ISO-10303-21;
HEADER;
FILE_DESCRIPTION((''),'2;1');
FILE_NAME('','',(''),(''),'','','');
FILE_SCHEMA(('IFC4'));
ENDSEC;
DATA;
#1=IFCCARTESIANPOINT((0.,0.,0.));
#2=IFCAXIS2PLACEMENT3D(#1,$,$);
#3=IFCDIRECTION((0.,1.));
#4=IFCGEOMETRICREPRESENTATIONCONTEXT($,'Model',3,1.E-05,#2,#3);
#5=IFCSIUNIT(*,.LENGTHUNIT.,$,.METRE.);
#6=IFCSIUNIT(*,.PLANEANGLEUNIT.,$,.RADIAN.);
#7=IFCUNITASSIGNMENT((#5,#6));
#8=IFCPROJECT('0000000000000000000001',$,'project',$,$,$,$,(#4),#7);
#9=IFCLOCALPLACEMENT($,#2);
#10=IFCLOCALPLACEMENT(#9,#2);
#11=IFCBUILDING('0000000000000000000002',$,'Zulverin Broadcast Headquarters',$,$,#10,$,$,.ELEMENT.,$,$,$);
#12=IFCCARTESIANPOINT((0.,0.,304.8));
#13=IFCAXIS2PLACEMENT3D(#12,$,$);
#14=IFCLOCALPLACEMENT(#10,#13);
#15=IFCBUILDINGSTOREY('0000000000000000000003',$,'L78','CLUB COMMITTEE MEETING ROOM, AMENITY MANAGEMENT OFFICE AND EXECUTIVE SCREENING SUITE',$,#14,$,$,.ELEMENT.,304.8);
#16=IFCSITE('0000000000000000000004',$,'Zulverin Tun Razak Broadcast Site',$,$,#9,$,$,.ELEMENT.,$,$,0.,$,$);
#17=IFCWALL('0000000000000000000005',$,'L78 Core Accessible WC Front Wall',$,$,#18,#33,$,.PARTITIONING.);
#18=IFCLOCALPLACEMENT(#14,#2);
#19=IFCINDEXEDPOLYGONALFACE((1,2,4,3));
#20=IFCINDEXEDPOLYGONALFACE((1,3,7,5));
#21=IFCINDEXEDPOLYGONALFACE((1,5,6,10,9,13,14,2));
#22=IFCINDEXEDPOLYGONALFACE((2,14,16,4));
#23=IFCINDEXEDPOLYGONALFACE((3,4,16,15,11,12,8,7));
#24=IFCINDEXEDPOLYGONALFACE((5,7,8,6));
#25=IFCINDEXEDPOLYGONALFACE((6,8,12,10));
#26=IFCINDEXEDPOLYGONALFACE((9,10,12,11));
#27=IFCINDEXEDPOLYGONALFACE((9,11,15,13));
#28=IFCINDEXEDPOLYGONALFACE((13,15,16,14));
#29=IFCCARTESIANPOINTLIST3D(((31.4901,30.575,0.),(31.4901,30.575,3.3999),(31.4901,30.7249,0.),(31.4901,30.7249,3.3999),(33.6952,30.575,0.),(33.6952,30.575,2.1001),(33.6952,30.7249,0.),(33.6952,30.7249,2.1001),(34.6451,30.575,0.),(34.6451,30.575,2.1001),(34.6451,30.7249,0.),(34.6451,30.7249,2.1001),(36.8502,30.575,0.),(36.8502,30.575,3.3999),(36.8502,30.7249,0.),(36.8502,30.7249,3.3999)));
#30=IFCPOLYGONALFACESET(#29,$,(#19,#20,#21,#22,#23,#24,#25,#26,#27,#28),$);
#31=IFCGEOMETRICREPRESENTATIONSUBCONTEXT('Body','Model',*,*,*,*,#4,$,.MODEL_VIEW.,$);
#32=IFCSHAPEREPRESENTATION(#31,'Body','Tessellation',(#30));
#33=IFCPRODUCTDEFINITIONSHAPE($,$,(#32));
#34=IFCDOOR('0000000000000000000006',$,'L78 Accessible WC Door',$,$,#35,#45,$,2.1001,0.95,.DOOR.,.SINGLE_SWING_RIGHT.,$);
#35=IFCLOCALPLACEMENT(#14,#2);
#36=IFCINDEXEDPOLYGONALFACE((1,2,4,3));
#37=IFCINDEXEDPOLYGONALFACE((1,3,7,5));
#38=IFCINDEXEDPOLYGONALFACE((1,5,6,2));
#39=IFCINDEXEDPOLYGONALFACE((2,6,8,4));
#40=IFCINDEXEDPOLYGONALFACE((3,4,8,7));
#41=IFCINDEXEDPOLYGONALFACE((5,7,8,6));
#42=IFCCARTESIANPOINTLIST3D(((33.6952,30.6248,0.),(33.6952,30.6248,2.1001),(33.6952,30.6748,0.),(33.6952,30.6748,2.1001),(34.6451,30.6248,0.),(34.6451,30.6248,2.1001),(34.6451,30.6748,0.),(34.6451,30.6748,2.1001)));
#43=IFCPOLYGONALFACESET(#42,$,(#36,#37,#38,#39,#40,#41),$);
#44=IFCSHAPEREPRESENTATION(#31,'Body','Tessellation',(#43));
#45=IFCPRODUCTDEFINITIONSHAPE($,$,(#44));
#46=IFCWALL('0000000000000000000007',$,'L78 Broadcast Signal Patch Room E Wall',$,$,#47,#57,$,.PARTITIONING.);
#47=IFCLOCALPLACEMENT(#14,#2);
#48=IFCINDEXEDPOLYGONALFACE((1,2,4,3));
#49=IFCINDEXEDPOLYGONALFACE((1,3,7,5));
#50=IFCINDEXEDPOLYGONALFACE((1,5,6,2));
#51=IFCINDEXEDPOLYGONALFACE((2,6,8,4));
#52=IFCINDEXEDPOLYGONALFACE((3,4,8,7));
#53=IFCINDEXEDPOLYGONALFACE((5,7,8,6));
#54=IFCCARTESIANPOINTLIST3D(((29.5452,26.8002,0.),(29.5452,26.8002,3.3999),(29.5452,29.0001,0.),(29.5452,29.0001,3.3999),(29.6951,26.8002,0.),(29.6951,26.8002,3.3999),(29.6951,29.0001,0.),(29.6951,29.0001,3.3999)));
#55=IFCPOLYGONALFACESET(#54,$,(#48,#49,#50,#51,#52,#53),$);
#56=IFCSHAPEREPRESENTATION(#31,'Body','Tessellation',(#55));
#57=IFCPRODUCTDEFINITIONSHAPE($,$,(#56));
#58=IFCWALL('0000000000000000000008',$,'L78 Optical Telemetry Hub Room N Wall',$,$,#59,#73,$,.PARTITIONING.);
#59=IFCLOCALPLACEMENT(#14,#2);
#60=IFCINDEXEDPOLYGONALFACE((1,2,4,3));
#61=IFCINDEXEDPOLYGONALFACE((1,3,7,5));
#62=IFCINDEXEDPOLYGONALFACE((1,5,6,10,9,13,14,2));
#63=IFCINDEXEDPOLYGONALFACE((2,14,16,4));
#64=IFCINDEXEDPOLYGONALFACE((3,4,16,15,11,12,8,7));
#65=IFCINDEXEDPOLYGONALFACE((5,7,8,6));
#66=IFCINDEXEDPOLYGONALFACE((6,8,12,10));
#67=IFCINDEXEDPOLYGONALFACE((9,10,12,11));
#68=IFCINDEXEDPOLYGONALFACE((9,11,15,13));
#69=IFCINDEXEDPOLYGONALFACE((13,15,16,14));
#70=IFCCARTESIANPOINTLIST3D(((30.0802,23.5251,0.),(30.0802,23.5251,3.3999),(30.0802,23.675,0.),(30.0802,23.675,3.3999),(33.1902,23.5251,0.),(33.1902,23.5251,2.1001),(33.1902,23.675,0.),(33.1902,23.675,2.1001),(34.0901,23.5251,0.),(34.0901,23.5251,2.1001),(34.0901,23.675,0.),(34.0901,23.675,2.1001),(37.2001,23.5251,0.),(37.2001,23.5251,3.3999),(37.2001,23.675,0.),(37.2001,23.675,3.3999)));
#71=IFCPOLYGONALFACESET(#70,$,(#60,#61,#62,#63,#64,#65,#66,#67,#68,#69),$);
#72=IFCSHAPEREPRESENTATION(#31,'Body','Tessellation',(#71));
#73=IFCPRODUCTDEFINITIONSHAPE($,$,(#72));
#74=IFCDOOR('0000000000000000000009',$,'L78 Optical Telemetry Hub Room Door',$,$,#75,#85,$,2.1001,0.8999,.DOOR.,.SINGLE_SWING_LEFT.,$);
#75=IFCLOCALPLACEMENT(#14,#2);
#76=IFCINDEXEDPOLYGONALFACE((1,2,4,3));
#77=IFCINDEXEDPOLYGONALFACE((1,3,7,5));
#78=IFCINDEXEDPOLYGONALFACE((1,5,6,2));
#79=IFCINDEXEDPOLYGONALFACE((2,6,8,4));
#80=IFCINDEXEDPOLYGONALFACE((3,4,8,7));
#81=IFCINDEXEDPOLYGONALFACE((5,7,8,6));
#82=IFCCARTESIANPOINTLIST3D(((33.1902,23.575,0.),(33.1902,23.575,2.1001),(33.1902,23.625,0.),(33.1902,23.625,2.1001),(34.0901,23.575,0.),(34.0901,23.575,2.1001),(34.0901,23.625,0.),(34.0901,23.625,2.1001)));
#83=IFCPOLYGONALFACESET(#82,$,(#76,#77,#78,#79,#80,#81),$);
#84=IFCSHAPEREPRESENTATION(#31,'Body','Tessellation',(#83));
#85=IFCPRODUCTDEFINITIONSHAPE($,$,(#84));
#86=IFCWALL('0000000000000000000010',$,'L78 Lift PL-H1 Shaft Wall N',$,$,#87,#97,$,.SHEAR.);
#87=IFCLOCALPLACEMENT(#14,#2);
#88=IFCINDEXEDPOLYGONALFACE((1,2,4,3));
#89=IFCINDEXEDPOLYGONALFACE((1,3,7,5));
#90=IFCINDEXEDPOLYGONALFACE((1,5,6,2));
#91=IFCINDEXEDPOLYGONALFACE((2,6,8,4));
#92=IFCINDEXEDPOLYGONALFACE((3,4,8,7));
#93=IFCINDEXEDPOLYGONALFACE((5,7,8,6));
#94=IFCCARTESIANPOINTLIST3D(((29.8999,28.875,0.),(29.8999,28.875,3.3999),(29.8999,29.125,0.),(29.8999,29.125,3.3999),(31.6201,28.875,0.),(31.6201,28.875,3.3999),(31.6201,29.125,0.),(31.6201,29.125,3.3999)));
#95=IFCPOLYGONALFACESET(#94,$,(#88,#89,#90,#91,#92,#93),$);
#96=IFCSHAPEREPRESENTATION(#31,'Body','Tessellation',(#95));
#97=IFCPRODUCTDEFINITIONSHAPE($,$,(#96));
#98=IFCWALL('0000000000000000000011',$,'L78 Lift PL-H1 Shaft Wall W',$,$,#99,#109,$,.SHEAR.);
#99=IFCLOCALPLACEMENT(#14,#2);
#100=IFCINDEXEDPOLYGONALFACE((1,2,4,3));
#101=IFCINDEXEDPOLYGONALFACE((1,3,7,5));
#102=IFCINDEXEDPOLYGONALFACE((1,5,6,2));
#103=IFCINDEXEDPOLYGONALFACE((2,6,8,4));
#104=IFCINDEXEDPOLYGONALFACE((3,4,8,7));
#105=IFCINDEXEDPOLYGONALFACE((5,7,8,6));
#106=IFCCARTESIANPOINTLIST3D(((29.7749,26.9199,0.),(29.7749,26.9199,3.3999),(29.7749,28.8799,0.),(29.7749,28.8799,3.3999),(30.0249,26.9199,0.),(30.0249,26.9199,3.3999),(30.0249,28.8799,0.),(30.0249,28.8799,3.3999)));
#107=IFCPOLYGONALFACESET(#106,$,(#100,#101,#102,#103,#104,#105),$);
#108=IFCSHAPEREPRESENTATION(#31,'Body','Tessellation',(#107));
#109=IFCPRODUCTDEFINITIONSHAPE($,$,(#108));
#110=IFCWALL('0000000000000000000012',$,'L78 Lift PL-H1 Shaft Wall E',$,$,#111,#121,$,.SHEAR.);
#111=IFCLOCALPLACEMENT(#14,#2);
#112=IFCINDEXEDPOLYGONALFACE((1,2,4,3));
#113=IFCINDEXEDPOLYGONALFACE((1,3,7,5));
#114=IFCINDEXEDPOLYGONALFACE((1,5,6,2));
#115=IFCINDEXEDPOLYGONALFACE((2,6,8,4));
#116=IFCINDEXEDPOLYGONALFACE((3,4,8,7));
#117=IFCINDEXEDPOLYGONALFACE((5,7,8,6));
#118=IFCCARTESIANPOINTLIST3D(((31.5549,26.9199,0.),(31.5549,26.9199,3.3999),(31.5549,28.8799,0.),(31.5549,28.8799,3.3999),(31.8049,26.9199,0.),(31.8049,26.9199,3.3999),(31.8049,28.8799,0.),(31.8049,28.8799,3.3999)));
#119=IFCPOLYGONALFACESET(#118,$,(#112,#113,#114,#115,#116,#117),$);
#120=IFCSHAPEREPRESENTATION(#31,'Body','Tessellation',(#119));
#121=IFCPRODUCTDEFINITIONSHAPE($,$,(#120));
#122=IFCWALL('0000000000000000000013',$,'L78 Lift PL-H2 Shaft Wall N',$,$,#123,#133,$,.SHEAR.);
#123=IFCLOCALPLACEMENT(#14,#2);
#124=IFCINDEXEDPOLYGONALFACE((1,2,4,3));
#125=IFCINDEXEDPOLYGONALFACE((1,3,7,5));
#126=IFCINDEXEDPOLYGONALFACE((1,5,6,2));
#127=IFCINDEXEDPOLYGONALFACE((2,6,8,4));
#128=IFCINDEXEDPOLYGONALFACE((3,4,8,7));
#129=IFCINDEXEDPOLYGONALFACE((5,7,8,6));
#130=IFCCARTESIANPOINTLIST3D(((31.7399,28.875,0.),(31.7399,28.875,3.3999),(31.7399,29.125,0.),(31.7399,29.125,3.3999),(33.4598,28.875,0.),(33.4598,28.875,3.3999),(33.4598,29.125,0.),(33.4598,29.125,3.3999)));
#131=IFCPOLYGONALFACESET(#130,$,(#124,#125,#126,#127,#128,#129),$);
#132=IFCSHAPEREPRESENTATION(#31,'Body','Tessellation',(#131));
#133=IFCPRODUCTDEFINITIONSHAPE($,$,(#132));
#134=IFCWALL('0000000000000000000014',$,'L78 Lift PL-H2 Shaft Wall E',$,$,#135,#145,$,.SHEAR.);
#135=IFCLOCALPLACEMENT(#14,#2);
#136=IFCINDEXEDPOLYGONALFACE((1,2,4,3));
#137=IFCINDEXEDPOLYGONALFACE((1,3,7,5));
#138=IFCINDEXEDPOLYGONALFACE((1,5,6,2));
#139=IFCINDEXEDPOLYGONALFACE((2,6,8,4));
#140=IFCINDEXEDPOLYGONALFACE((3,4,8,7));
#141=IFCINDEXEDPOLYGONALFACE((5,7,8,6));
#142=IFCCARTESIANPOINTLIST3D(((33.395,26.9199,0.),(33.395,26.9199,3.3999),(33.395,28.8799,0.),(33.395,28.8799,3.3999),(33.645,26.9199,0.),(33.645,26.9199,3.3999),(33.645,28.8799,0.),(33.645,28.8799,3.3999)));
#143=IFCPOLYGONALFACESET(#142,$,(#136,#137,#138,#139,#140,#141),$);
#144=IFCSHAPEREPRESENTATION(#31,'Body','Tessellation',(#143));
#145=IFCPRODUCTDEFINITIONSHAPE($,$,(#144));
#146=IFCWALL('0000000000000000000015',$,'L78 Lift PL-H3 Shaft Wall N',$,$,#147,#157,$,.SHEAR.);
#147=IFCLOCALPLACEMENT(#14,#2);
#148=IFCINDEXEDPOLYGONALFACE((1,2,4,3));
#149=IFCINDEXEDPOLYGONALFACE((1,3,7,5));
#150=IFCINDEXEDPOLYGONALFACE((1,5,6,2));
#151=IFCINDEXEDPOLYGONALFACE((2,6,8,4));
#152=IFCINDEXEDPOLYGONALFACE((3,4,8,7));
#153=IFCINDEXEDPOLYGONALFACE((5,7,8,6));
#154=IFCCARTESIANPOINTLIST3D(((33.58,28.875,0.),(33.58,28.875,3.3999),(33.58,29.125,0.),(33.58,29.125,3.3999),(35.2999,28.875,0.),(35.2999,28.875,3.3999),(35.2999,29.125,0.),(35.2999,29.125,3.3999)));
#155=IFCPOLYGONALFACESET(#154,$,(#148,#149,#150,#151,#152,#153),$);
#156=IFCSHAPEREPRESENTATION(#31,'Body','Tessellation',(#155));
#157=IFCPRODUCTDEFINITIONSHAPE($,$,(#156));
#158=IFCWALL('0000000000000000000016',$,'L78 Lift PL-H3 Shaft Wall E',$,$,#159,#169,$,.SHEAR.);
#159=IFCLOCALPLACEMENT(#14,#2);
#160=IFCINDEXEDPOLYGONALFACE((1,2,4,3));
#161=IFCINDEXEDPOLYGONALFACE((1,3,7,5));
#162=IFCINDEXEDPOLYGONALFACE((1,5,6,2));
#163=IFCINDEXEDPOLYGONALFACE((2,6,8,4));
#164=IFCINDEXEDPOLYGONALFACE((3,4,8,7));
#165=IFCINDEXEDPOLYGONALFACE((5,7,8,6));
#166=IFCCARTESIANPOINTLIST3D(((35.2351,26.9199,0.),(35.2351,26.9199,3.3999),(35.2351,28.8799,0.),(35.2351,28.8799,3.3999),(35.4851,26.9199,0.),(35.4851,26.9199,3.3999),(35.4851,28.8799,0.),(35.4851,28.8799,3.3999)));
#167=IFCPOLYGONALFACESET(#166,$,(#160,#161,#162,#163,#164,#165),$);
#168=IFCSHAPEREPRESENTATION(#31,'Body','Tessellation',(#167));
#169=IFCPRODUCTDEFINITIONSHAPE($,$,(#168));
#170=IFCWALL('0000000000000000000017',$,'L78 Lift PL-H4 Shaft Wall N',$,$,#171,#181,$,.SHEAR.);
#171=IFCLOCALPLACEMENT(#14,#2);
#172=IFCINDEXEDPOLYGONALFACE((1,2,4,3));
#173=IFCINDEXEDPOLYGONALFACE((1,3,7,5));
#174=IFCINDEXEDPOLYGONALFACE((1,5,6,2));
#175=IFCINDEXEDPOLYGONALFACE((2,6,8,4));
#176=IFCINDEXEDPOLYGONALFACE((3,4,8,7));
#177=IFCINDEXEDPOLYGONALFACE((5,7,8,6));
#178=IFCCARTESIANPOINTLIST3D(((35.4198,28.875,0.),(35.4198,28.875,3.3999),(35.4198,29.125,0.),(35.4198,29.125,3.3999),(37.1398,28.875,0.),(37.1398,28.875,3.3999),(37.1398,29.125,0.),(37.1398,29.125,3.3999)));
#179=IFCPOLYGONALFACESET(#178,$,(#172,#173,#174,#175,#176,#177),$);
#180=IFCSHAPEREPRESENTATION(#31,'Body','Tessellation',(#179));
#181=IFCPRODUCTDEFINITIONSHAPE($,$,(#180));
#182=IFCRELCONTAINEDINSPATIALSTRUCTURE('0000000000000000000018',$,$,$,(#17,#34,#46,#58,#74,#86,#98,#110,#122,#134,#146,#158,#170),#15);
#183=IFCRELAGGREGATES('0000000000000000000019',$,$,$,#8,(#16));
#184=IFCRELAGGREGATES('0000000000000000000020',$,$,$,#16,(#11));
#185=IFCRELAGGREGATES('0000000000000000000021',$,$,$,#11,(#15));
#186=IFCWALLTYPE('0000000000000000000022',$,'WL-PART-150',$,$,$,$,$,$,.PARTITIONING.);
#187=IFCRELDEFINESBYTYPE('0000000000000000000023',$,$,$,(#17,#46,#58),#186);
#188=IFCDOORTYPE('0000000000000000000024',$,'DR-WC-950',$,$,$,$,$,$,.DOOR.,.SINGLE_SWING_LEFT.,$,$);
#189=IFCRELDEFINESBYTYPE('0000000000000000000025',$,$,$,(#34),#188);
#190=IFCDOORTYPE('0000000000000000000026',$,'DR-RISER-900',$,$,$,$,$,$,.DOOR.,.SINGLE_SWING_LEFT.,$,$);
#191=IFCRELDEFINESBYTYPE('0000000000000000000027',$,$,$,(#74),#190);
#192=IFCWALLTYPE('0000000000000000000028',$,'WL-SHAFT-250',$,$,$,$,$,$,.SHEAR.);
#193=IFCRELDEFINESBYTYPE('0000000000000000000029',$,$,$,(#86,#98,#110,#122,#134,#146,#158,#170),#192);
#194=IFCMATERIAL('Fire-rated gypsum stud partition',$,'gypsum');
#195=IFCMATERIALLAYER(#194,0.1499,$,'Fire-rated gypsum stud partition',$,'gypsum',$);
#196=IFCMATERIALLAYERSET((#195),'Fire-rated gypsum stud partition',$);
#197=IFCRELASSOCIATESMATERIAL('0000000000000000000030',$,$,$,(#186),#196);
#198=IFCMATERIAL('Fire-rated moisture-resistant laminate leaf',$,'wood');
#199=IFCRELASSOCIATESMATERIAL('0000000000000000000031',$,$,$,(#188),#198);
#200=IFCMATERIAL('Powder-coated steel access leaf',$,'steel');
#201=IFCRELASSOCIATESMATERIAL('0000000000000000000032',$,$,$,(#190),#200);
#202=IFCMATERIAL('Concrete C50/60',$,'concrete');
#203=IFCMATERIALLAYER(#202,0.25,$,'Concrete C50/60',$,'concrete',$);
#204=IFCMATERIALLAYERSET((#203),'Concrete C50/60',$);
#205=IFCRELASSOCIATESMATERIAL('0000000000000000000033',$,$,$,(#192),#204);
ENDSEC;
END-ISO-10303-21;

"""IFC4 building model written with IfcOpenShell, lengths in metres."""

from ifc_helpers import new_model, si_unit, direction, frame, frame_2d, origin, place, context, subcontext, project, spatial, rectangle, extrude, material, layer, layer_set, type_object, element, fill, save


model = new_model("IFC4")

# Units and contexts
model_context = context("Model", 3, precision=1e-05, world=origin(), true_north=direction((0.0, 1.0)))
body_context = subcontext(model_context, "Body", "Model", "MODEL_VIEW")
ifc_project = project(units=[si_unit("LENGTHUNIT", "METRE"), si_unit("PLANEANGLEUNIT", "RADIAN")], contexts=[model_context])

# Site, building, storey
site_placement = place(None, origin())
site = spatial("IfcSite", under=ifc_project, at=site_placement, Name="Zulverin Tun Razak Broadcast Site", CompositionType="ELEMENT", RefElevation=0.0)
building_placement = place(site_placement, origin())
building = spatial("IfcBuilding", under=site, at=building_placement, Name="Zulverin Broadcast Headquarters", CompositionType="ELEMENT")
storey_placement = place(building_placement, frame((0.0, 0.0, 304.8)))
storey = spatial("IfcBuildingStorey", under=building, at=storey_placement, Name="L78", Description="CLUB COMMITTEE MEETING ROOM, AMENITY MANAGEMENT OFFICE AND EXECUTIVE SCREENING SUITE", CompositionType="ELEMENT", Elevation=304.8)

# Wall, opening, door
ifc_material_1 = material(Name="Fire-rated gypsum stud partition", Category="gypsum")
ifc_layer_1 = layer(ifc_material_1, 0.1499, Name="Fire-rated gypsum stud partition", Category="gypsum")
ifc_layer_set_1 = layer_set([ifc_layer_1], Name="Fire-rated gypsum stud partition")
wall_type_1 = type_object("IfcWallType", Name="WL-PART-150", PredefinedType="PARTITIONING", material=ifc_layer_set_1)
wall_1_placement = place(storey_placement, frame((31.49, 30.6499, 0.0), z_axis=(0.0, 0.0, 1.0), x_axis=(1.0, 0.0, 0.0)))
wall_1 = element("IfcWall", 1, at=wall_1_placement, inside=storey, type_object=wall_type_1, Name="L78 Core Accessible WC Front Wall", PredefinedType="PARTITIONING", context=body_context, shape_type="SweptSolid", body=[
    extrude(rectangle(XDim=5.3601, YDim=0.1499, at=frame_2d((2.6802, 0.0))), origin(), (0.0, 0.0, 1.0), 3.3999),
])
opening_1_placement = place(wall_1_placement, frame((2.2051, 0.0, 0.0)))
opening_1 = element("IfcOpeningElement", 2, at=opening_1_placement, cuts=wall_1, PredefinedType="OPENING", context=body_context, shape_type="SweptSolid", body=[
    extrude(rectangle(XDim=0.95, YDim=2.1001, at=frame_2d((0.4751, 1.05))), frame((0.0, 0.085, 0.0), z_axis=(0.0, -1.0, 0.0), x_axis=(1.0, 0.0, 0.0)), (0.0, 0.0, 1.0), 0.1699),
])
ifc_material_2 = material(Name="Fire-rated moisture-resistant laminate leaf", Category="wood")
door_type_1 = type_object("IfcDoorType", Name="DR-WC-950", OperationType="SINGLE_SWING_LEFT", PredefinedType="DOOR", material=ifc_material_2)
door_1_placement = place(opening_1_placement, origin())
door_1 = element("IfcDoor", 3, at=door_1_placement, inside=storey, type_object=door_type_1, Name="L78 Accessible WC Door", OperationType="SINGLE_SWING_RIGHT", OverallHeight=2.1001, OverallWidth=0.95, PredefinedType="DOOR", context=body_context, shape_type="SweptSolid", body=[
    extrude(rectangle(XDim=0.95, YDim=2.1001, at=frame_2d((0.4751, 1.05))), frame((0.0, 0.0249, 0.0), z_axis=(0.0, -1.0, 0.0), x_axis=(1.0, 0.0, 0.0)), (0.0, 0.0, 1.0), 0.05),
])
fill(opening_1, door_1)

# Wall
wall_2_placement = place(storey_placement, frame((29.6201, 26.8, 0.0), z_axis=(0.0, 0.0, 1.0), x_axis=(0.0, 1.0, 0.0)))
element("IfcWall", 4, at=wall_2_placement, inside=storey, type_object=wall_type_1, Name="L78 Broadcast Signal Patch Room E Wall", PredefinedType="PARTITIONING", context=body_context, shape_type="SweptSolid", body=[
    extrude(rectangle(XDim=2.2, YDim=0.1499, at=frame_2d((1.1001, 0.0))), origin(), (0.0, 0.0, 1.0), 3.3999),
])

# Wall, opening, door
wall_3_placement = place(storey_placement, frame((30.0801, 23.6001, 0.0), z_axis=(0.0, 0.0, 1.0), x_axis=(1.0, 0.0, 0.0)))
wall_3 = element("IfcWall", 5, at=wall_3_placement, inside=storey, type_object=wall_type_1, Name="L78 Optical Telemetry Hub Room N Wall", PredefinedType="PARTITIONING", context=body_context, shape_type="SweptSolid", body=[
    extrude(rectangle(XDim=7.1199, YDim=0.1499, at=frame_2d((3.5601, 0.0))), origin(), (0.0, 0.0, 1.0), 3.3999),
])
opening_2_placement = place(wall_3_placement, frame((3.1101, 0.0, 0.0)))
opening_2 = element("IfcOpeningElement", 6, at=opening_2_placement, cuts=wall_3, PredefinedType="OPENING", context=body_context, shape_type="SweptSolid", body=[
    extrude(rectangle(XDim=0.8999, YDim=2.1001, at=frame_2d((0.45, 1.05))), frame((0.0, 0.085, 0.0), z_axis=(0.0, -1.0, 0.0), x_axis=(1.0, 0.0, 0.0)), (0.0, 0.0, 1.0), 0.1699),
])
ifc_material_3 = material(Name="Powder-coated steel access leaf", Category="steel")
door_type_2 = type_object("IfcDoorType", Name="DR-RISER-900", OperationType="SINGLE_SWING_LEFT", PredefinedType="DOOR", material=ifc_material_3)
door_2_placement = place(opening_2_placement, origin())
door_2 = element("IfcDoor", 7, at=door_2_placement, inside=storey, type_object=door_type_2, Name="L78 Optical Telemetry Hub Room Door", OperationType="SINGLE_SWING_LEFT", OverallHeight=2.1001, OverallWidth=0.8999, PredefinedType="DOOR", context=body_context, shape_type="SweptSolid", body=[
    extrude(rectangle(XDim=0.8999, YDim=2.1001, at=frame_2d((0.45, 1.05))), frame((0.0, 0.0249, 0.0), z_axis=(0.0, -1.0, 0.0), x_axis=(1.0, 0.0, 0.0)), (0.0, 0.0, 1.0), 0.05),
])
fill(opening_2, door_2)
ifc_material_4 = material(Name="Concrete C50/60", Category="concrete")
ifc_layer_2 = layer(ifc_material_4, 0.25, Name="Concrete C50/60", Category="concrete")
ifc_layer_set_2 = layer_set([ifc_layer_2], Name="Concrete C50/60")
wall_type_2 = type_object("IfcWallType", Name="WL-SHAFT-250", PredefinedType="SHEAR", material=ifc_layer_set_2)

# Walls
wall_4_placement = place(storey_placement, frame((29.8999, 29.0, 0.0), z_axis=(0.0, 0.0, 1.0), x_axis=(1.0, 0.0, 0.0)))
element("IfcWall", 8, at=wall_4_placement, inside=storey, type_object=wall_type_2, Name="L78 Lift PL-H1 Shaft Wall N", PredefinedType="SHEAR", context=body_context, shape_type="SweptSolid", body=[
    extrude(rectangle(XDim=1.7202, YDim=0.25, at=frame_2d((0.8601, 0.0))), origin(), (0.0, 0.0, 1.0), 3.3999),
])
for number, where, z_axis, x_axis, name in (
    (9, (29.8999, 26.9199, 0.0), (0.0, 0.0, 1.0), (0.0, 1.0, 0.0), "L78 Lift PL-H1 Shaft Wall W"),
    (10, (31.6799, 26.9199, 0.0), (0.0, 0.0, 1.0), (0.0, 1.0, 0.0), "L78 Lift PL-H1 Shaft Wall E"),
):
    element("IfcWall", number, at=place(storey_placement, frame(where, z_axis=z_axis, x_axis=x_axis)), inside=storey, type_object=wall_type_2, Name=name, PredefinedType="SHEAR", context=body_context, shape_type="SweptSolid", body=[
        extrude(rectangle(XDim=1.96, YDim=0.25, at=frame_2d((0.98, 0.0))), origin(), (0.0, 0.0, 1.0), 3.3999),
    ])

# Walls
wall_5_placement = place(storey_placement, frame((31.74, 29.0, 0.0), z_axis=(0.0, 0.0, 1.0), x_axis=(1.0, 0.0, 0.0)))
element("IfcWall", 11, at=wall_5_placement, inside=storey, type_object=wall_type_2, Name="L78 Lift PL-H2 Shaft Wall N", PredefinedType="SHEAR", context=body_context, shape_type="SweptSolid", body=[
    extrude(rectangle(XDim=1.72, YDim=0.25, at=frame_2d((0.8599, 0.0))), origin(), (0.0, 0.0, 1.0), 3.3999),
])
wall_6_placement = place(storey_placement, frame((33.52, 26.9199, 0.0), z_axis=(0.0, 0.0, 1.0), x_axis=(0.0, 1.0, 0.0)))
element("IfcWall", 12, at=wall_6_placement, inside=storey, type_object=wall_type_2, Name="L78 Lift PL-H2 Shaft Wall E", PredefinedType="SHEAR", context=body_context, shape_type="SweptSolid", body=[
    extrude(rectangle(XDim=1.96, YDim=0.25, at=frame_2d((0.98, 0.0))), origin(), (0.0, 0.0, 1.0), 3.3999),
])

# Walls
wall_7_placement = place(storey_placement, frame((33.5801, 29.0, 0.0), z_axis=(0.0, 0.0, 1.0), x_axis=(1.0, 0.0, 0.0)))
element("IfcWall", 13, at=wall_7_placement, inside=storey, type_object=wall_type_2, Name="L78 Lift PL-H3 Shaft Wall N", PredefinedType="SHEAR", context=body_context, shape_type="SweptSolid", body=[
    extrude(rectangle(XDim=1.72, YDim=0.25, at=frame_2d((0.8599, 0.0))), origin(), (0.0, 0.0, 1.0), 3.3999),
])
wall_8_placement = place(storey_placement, frame((35.3601, 26.9199, 0.0), z_axis=(0.0, 0.0, 1.0), x_axis=(0.0, 1.0, 0.0)))
element("IfcWall", 14, at=wall_8_placement, inside=storey, type_object=wall_type_2, Name="L78 Lift PL-H3 Shaft Wall E", PredefinedType="SHEAR", context=body_context, shape_type="SweptSolid", body=[
    extrude(rectangle(XDim=1.96, YDim=0.25, at=frame_2d((0.98, 0.0))), origin(), (0.0, 0.0, 1.0), 3.3999),
])

# Wall
wall_9_placement = place(storey_placement, frame((35.4199, 29.0, 0.0), z_axis=(0.0, 0.0, 1.0), x_axis=(1.0, 0.0, 0.0)))
element("IfcWall", 15, at=wall_9_placement, inside=storey, type_object=wall_type_2, Name="L78 Lift PL-H4 Shaft Wall N", PredefinedType="SHEAR", context=body_context, shape_type="SweptSolid", body=[
    extrude(rectangle(XDim=1.72, YDim=0.25, at=frame_2d((0.8599, 0.0))), origin(), (0.0, 0.0, 1.0), 3.3999),
])

save(model, "model.ifc")
